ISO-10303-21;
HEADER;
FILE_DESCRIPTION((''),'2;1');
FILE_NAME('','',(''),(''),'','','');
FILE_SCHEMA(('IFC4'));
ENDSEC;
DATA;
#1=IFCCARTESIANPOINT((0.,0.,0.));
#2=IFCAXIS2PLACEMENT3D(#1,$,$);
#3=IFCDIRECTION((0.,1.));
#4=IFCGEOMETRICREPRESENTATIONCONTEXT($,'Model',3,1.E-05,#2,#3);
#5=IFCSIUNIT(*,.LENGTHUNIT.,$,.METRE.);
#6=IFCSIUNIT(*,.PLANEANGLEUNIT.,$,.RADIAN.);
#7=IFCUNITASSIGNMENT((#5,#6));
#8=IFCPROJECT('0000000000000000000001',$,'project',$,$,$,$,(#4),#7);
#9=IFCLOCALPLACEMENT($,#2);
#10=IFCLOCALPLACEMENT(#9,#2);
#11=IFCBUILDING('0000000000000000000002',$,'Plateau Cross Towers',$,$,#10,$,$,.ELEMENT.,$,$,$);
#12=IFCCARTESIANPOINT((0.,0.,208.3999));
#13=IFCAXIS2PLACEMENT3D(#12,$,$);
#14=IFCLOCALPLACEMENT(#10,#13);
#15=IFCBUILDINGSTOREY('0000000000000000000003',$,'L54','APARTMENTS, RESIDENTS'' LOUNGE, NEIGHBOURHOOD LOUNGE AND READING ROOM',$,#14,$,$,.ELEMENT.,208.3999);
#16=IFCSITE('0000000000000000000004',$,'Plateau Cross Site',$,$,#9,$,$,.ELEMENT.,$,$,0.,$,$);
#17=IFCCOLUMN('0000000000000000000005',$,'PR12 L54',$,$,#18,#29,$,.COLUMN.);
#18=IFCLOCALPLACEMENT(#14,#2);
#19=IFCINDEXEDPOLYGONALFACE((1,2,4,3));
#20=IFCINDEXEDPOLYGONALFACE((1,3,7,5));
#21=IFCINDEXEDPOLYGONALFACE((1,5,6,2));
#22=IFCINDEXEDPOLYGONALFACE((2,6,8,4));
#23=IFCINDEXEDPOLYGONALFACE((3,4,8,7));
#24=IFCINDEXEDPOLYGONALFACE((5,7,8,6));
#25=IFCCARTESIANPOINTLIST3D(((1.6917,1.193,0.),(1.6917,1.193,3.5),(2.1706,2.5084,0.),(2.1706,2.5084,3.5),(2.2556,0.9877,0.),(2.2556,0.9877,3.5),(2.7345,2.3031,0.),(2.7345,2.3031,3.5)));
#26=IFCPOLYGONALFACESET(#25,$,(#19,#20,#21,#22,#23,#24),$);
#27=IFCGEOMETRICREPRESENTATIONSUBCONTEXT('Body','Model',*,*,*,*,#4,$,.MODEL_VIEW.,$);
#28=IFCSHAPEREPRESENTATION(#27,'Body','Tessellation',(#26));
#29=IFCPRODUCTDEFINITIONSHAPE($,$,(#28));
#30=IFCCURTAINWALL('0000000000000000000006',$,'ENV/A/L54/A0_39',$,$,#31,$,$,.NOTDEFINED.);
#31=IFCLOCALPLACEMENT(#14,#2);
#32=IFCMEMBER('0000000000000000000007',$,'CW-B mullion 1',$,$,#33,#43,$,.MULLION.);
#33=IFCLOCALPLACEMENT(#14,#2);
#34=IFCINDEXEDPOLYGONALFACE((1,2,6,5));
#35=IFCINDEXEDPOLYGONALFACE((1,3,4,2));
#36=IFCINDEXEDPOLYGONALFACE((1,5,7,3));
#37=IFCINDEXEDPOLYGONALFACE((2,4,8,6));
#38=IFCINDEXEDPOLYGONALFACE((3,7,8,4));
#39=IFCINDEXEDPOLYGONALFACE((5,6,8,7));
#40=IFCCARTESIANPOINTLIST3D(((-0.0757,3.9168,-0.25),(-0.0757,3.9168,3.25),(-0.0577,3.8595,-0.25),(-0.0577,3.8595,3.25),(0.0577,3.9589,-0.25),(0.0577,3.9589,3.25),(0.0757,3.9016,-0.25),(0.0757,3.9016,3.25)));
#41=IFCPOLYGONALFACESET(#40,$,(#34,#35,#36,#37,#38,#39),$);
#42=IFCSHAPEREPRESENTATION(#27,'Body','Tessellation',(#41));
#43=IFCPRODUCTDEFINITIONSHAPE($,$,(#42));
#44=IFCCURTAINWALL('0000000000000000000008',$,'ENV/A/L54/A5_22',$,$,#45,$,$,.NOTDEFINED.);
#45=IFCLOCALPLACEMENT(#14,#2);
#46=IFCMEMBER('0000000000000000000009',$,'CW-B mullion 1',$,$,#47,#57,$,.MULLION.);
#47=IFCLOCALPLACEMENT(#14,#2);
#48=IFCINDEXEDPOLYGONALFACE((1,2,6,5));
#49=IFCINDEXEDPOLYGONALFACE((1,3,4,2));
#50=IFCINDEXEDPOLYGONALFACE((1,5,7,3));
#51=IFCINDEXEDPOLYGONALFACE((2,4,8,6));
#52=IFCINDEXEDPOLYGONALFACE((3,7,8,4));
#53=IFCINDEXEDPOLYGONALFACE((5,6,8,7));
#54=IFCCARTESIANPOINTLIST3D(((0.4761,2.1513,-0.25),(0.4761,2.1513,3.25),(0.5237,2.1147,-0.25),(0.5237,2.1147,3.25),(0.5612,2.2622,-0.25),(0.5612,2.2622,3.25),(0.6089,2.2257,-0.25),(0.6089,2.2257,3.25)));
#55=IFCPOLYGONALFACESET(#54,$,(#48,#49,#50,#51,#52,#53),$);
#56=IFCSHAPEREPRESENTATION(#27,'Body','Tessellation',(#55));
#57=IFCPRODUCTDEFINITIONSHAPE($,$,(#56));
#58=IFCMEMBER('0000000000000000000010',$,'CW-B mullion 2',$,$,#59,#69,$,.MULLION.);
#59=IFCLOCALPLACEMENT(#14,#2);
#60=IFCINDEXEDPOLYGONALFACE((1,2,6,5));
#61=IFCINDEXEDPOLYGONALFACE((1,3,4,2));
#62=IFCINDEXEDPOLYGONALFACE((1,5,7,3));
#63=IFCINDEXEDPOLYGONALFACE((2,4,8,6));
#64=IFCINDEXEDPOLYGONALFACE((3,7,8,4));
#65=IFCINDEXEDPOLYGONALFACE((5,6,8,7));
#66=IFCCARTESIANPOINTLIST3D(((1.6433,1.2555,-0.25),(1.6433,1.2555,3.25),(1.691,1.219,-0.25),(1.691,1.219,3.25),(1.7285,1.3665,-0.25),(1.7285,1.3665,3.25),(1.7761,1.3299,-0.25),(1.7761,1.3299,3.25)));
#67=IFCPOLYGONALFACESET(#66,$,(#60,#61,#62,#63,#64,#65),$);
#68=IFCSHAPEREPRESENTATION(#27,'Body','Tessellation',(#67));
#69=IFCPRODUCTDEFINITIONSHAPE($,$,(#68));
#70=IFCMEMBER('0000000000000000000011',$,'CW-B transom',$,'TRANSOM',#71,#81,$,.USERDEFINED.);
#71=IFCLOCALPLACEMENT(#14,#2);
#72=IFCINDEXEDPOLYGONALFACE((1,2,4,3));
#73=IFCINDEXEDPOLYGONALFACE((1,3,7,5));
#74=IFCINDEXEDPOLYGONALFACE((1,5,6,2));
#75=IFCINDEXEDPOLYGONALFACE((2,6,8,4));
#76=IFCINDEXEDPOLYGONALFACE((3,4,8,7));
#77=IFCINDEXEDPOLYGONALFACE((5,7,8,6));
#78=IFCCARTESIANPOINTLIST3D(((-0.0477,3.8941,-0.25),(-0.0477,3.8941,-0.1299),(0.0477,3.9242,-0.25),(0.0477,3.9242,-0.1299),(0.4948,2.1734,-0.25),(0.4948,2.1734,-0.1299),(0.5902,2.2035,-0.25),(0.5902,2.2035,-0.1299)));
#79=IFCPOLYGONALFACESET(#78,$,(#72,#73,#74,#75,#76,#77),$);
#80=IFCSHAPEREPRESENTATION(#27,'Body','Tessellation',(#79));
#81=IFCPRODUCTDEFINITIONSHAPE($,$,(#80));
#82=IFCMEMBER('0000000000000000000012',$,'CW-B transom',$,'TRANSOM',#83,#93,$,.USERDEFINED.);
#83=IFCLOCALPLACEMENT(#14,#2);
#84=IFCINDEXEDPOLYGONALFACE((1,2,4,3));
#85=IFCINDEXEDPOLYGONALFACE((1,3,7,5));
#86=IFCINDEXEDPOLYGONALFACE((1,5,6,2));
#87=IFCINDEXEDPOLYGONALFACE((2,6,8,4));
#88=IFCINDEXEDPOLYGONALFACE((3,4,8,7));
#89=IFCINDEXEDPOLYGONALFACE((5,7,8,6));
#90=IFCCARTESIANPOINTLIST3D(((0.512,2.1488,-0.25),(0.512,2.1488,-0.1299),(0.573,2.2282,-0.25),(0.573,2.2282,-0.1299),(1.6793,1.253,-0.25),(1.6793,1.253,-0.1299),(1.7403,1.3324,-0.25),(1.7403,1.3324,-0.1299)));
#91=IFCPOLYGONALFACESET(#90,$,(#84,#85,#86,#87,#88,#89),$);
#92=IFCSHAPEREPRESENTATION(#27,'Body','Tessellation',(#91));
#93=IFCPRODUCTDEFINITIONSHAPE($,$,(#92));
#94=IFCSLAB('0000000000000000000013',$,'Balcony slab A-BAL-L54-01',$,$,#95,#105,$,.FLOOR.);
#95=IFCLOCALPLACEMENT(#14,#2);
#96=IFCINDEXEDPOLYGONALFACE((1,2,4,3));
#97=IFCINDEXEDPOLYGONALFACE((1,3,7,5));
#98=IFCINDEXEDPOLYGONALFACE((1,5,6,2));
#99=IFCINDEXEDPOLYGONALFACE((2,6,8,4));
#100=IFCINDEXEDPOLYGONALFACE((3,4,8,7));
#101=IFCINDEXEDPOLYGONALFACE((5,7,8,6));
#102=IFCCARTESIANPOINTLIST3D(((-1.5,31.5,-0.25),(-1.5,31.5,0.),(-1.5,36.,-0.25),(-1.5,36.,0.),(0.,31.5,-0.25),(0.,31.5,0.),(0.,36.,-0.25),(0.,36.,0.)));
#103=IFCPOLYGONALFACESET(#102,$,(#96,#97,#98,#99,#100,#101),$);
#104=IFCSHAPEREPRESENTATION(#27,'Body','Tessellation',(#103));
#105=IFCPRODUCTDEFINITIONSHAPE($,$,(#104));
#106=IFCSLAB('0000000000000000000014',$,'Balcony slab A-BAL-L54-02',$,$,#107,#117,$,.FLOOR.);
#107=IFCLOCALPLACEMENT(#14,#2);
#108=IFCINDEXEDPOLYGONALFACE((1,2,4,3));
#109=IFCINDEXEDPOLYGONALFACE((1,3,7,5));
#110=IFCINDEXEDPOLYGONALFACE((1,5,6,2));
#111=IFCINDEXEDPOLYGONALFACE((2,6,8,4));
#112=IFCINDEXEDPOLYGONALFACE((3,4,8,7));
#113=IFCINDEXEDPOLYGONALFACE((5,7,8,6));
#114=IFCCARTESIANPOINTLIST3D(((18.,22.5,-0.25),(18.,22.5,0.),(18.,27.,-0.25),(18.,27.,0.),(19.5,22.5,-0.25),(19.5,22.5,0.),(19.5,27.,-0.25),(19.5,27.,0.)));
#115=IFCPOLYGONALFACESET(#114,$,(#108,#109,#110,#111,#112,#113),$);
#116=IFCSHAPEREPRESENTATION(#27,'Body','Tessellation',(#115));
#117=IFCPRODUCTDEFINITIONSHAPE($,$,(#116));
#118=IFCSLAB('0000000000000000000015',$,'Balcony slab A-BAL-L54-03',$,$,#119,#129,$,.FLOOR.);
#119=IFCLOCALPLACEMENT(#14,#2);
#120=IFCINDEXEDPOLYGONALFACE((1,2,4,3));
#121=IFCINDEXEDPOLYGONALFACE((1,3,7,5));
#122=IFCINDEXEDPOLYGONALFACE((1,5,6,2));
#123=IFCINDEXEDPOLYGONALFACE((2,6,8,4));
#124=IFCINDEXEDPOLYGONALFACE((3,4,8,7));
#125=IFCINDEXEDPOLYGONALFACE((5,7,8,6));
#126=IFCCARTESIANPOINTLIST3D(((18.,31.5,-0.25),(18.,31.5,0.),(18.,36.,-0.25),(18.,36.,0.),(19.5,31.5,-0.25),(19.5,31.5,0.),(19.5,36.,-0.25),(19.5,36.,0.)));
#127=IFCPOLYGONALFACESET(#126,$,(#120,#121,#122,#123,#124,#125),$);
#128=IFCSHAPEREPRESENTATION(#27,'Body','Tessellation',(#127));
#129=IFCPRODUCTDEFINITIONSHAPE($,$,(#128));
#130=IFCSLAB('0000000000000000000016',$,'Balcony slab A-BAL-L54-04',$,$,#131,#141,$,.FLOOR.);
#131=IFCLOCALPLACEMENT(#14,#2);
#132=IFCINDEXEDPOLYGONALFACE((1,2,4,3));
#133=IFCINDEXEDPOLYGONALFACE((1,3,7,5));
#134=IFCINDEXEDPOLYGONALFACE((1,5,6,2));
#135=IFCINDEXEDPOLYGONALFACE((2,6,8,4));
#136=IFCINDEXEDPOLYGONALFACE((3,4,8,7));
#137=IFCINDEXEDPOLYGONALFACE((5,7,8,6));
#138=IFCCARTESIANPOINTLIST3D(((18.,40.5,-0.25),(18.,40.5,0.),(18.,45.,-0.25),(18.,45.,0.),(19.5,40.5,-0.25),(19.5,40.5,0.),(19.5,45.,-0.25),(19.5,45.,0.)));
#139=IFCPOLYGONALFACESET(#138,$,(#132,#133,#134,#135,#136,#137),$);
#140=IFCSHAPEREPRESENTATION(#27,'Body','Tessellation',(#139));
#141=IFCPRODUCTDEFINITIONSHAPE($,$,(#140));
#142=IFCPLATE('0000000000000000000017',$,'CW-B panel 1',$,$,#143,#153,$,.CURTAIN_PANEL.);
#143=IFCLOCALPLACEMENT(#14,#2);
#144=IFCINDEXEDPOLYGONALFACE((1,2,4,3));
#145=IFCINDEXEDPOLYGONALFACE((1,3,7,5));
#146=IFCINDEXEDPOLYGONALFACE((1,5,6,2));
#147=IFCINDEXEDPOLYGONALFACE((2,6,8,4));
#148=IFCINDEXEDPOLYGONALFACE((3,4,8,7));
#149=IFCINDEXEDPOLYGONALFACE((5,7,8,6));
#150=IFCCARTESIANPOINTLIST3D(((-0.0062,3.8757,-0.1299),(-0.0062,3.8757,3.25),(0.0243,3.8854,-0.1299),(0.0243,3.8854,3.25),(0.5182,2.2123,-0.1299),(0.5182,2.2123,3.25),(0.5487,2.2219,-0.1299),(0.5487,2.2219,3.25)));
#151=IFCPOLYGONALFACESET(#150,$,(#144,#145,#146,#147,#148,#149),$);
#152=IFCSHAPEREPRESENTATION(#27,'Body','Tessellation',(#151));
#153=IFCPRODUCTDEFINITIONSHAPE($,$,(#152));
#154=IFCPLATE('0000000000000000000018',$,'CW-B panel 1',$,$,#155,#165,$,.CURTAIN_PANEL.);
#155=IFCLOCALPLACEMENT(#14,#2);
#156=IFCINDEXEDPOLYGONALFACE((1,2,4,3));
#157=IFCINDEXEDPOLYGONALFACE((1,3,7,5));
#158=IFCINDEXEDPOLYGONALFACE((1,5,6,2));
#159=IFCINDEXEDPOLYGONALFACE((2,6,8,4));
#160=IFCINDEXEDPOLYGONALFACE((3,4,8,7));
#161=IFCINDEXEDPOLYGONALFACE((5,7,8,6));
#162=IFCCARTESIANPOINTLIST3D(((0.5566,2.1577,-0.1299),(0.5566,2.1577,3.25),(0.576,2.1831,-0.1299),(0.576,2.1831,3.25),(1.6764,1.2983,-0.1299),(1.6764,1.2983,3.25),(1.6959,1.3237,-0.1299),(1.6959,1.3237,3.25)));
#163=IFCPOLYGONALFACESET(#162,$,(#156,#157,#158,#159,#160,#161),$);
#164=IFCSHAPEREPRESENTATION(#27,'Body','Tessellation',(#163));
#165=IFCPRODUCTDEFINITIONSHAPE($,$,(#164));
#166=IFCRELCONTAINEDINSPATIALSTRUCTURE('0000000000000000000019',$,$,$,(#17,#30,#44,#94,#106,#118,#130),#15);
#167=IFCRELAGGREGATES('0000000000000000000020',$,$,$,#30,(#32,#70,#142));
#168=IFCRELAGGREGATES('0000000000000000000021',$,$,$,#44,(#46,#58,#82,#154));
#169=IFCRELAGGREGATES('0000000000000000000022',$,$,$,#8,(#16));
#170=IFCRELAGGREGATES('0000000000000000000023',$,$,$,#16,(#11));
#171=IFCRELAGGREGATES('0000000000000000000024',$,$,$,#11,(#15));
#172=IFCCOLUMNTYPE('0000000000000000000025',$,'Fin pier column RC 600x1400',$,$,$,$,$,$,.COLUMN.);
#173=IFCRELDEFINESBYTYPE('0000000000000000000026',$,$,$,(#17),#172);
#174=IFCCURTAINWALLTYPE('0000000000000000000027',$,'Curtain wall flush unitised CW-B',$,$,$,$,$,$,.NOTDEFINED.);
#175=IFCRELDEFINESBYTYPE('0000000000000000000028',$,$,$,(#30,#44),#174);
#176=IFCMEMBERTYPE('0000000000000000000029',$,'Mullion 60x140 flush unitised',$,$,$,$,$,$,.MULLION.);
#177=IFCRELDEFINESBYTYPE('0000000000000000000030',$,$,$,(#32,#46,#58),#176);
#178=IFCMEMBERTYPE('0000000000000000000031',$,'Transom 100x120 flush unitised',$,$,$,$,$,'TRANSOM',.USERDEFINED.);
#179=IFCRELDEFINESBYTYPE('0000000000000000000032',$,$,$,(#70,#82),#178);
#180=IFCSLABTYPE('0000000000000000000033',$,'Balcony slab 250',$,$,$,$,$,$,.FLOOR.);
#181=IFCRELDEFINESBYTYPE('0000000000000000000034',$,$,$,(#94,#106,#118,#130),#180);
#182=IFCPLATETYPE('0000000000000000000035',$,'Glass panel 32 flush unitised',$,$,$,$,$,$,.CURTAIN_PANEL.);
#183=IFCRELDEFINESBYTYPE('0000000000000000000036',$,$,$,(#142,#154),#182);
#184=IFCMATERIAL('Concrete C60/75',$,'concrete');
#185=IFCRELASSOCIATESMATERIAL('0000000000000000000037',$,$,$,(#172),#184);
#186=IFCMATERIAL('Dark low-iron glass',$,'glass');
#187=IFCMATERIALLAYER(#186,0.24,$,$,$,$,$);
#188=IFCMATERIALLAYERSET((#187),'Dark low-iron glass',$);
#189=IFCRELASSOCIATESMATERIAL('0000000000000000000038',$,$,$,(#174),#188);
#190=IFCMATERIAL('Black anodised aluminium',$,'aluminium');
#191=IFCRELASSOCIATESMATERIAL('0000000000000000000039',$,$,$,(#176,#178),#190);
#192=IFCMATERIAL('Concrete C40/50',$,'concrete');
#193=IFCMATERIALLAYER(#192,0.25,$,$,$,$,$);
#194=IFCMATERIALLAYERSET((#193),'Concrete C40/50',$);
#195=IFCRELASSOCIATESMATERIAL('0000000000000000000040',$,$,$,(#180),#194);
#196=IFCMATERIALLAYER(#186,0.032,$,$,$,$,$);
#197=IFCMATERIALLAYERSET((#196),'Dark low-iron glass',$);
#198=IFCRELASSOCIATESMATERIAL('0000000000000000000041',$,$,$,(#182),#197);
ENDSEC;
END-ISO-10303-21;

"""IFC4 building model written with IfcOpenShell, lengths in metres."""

from ifc_helpers import new_model, si_unit, direction, frame, origin, origin_2d, place, context, subcontext, project, spatial, polyline, rectangle, outline, extrude, material, layer, layer_set, material_profile, profile_set, type_object, element, aggregate, save


model = new_model("IFC4")

# Units and contexts
model_context = context("Model", 3, precision=1e-05, world=origin(), true_north=direction((0.0, 1.0)))
body_context = subcontext(model_context, "Body", "Model", "MODEL_VIEW")
ifc_project = project(units=[si_unit("LENGTHUNIT", "METRE"), si_unit("PLANEANGLEUNIT", "RADIAN")], contexts=[model_context])

# Site, building, storey
site_placement = place(None, origin())
site = spatial("IfcSite", under=ifc_project, at=site_placement, Name="Plateau Cross Site", CompositionType="ELEMENT", RefElevation=0.0)
building_placement = place(site_placement, origin())
building = spatial("IfcBuilding", under=site, at=building_placement, Name="Plateau Cross Towers", CompositionType="ELEMENT")
storey_placement = place(building_placement, frame((0.0, 0.0, 208.3999)))
storey = spatial("IfcBuildingStorey", under=building, at=storey_placement, Name="L54", Description="APARTMENTS, RESIDENTS' LOUNGE, NEIGHBOURHOOD LOUNGE AND READING ROOM", CompositionType="ELEMENT", Elevation=208.3999)

# Column
ifc_material_1 = material(Name="Concrete C60/75", Category="concrete")
ifc_material_profile_1 = material_profile(ifc_material_1, rectangle(XDim=0.6001, YDim=1.3999, at=origin_2d()), Name="RC 600x1400")
ifc_profile_set_1 = profile_set([ifc_material_profile_1], Name="Concrete C60/75")
column_type = type_object("IfcColumnType", Name="Fin pier column RC 600x1400", PredefinedType="COLUMN", material=ifc_profile_set_1)
column_placement = place(storey_placement, frame((2.2131, 1.748, 0.0), z_axis=(0.0, 0.0, 1.0), x_axis=(-0.939664, 0.342098, 0.0)))
element("IfcColumn", 1, at=column_placement, inside=storey, type_object=column_type, Name="PR12 L54", PredefinedType="COLUMN", context=body_context, shape_type="SweptSolid", body=[
    extrude(rectangle(XDim=0.6001, YDim=1.3999, at=origin_2d()), origin(), (0.0, 0.0, 1.0), 3.5),
])

# Curtain wall, member
ifc_material_2 = material(Name="Dark low-iron glass", Category="glass")
ifc_layer_1 = layer(ifc_material_2, 0.24)
ifc_layer_set_1 = layer_set([ifc_layer_1], Name="Dark low-iron glass")
curtain_wall_type = type_object("IfcCurtainWallType", Name="Curtain wall flush unitised CW-B", PredefinedType="NOTDEFINED", material=ifc_layer_set_1)
curtain_wall_1_placement = place(storey_placement, origin())
curtain_wall_1 = element("IfcCurtainWall", 2, at=curtain_wall_1_placement, inside=storey, type_object=curtain_wall_type, Name="ENV/A/L54/A0_39", PredefinedType="NOTDEFINED")
ifc_material_3 = material(Name="Black anodised aluminium", Category="aluminium")
ifc_material_profile_2 = material_profile(ifc_material_3, rectangle(XDim=0.0601, YDim=0.1399, at=origin_2d()), Name="MULLION 60x140")
ifc_profile_set_2 = profile_set([ifc_material_profile_2], Name="Black anodised aluminium")
member_type_1 = type_object("IfcMemberType", Name="Mullion 60x140 flush unitised", PredefinedType="MULLION", material=ifc_profile_set_2)
member_1_placement = place(storey_placement, frame((0.0, 3.9092, -0.25), z_axis=(0.0, 0.0, 1.0), x_axis=(0.300686, -0.953723, 0.0)))
member_1 = element("IfcMember", 3, at=member_1_placement, type_object=member_type_1, Name="CW-B mullion 1", PredefinedType="MULLION", context=body_context, shape_type="SweptSolid", body=[
    extrude(rectangle(XDim=0.0601, YDim=0.1399, at=origin_2d()), origin(), (0.0, 0.0, 1.0), 3.5),
])

# Curtain wall, members
curtain_wall_2_placement = place(storey_placement, origin())
curtain_wall_2 = element("IfcCurtainWall", 4, at=curtain_wall_2_placement, inside=storey, type_object=curtain_wall_type, Name="ENV/A/L54/A5_22", PredefinedType="NOTDEFINED")
member_2_placement = place(storey_placement, frame((0.5425, 2.1885, -0.25), z_axis=(0.0, 0.0, 1.0), x_axis=(0.793316, -0.608811, 0.0)))
member_2 = element("IfcMember", 5, at=member_2_placement, type_object=member_type_1, Name="CW-B mullion 1", PredefinedType="MULLION", context=body_context, shape_type="SweptSolid", body=[
    extrude(rectangle(XDim=0.0601, YDim=0.1399, at=origin_2d()), origin(), (0.0, 0.0, 1.0), 3.5),
])
member_3_placement = place(storey_placement, frame((1.7097, 1.2927, -0.25), z_axis=(0.0, 0.0, 1.0), x_axis=(0.793316, -0.608811, 0.0)))
member_3 = element("IfcMember", 6, at=member_3_placement, type_object=member_type_1, Name="CW-B mullion 2", PredefinedType="MULLION", context=body_context, shape_type="SweptSolid", body=[
    extrude(rectangle(XDim=0.0601, YDim=0.1399, at=origin_2d()), origin(), (0.0, 0.0, 1.0), 3.5),
])

# Members
ifc_material_profile_3 = material_profile(ifc_material_3, rectangle(XDim=0.1001, YDim=0.1201, at=origin_2d()), Name="TRANSOM 100x120")
ifc_profile_set_3 = profile_set([ifc_material_profile_3], Name="Black anodised aluminium")
member_type_2 = type_object("IfcMemberType", Name="Transom 100x120 flush unitised", ElementType="TRANSOM", PredefinedType="USERDEFINED", material=ifc_profile_set_3)
member_4_placement = place(storey_placement, frame((0.0, 3.9092, -0.1899), z_axis=(0.300678, -0.953726, 0.0), x_axis=(0.953726, 0.300678, 0.0)))
member_4 = element("IfcMember", 7, at=member_4_placement, type_object=member_type_2, Name="CW-B transom", ObjectType="TRANSOM", PredefinedType="USERDEFINED", context=body_context, shape_type="SweptSolid", body=[
    extrude(rectangle(XDim=0.1001, YDim=0.1201, at=origin_2d()), origin(), (0.0, 0.0, 1.0), 1.8042),
])
member_5_placement = place(storey_placement, frame((0.5425, 2.1885, -0.1899), z_axis=(0.793321, -0.608804, 0.0), x_axis=(0.608804, 0.793321, 0.0)))
member_5 = element("IfcMember", 8, at=member_5_placement, type_object=member_type_2, Name="CW-B transom", ObjectType="TRANSOM", PredefinedType="USERDEFINED", context=body_context, shape_type="SweptSolid", body=[
    extrude(rectangle(XDim=0.1001, YDim=0.1201, at=origin_2d()), origin(), (0.0, 0.0, 1.0), 1.4714),
])

# Slabs
ifc_material_4 = material(Name="Concrete C40/50", Category="concrete")
ifc_layer_2 = layer(ifc_material_4, 0.25)
ifc_layer_set_2 = layer_set([ifc_layer_2], Name="Concrete C40/50")
slab_type_1 = type_object("IfcSlabType", Name="Balcony slab 250", PredefinedType="FLOOR", material=ifc_layer_set_2)
slab_1_placement = place(storey_placement, frame((0.0, 0.0, -0.25)))
element("IfcSlab", 9, at=slab_1_placement, inside=storey, type_object=slab_type_1, Name="Balcony slab A-BAL-L54-01", PredefinedType="FLOOR", context=body_context, shape_type="SweptSolid", body=[
    extrude(outline(polyline([(0.0, 31.5), (0.0, 36.0), (-1.5, 36.0), (-1.5, 31.5), (0.0, 31.5)])), origin(), (0.0, 0.0, 1.0), 0.25),
])
slab_2_placement = place(storey_placement, frame((0.0, 0.0, -0.25)))
element("IfcSlab", 10, at=slab_2_placement, inside=storey, type_object=slab_type_1, Name="Balcony slab A-BAL-L54-02", PredefinedType="FLOOR", context=body_context, shape_type="SweptSolid", body=[
    extrude(outline(polyline([(19.5, 22.5), (19.5, 27.0), (18.0, 27.0), (18.0, 22.5), (19.5, 22.5)])), origin(), (0.0, 0.0, 1.0), 0.25),
])
slab_3_placement = place(storey_placement, frame((0.0, 0.0, -0.25)))
element("IfcSlab", 11, at=slab_3_placement, inside=storey, type_object=slab_type_1, Name="Balcony slab A-BAL-L54-03", PredefinedType="FLOOR", context=body_context, shape_type="SweptSolid", body=[
    extrude(outline(polyline([(19.5, 31.5), (19.5, 36.0), (18.0, 36.0), (18.0, 31.5), (19.5, 31.5)])), origin(), (0.0, 0.0, 1.0), 0.25),
])
slab_4_placement = place(storey_placement, frame((0.0, 0.0, -0.25)))
element("IfcSlab", 12, at=slab_4_placement, inside=storey, type_object=slab_type_1, Name="Balcony slab A-BAL-L54-04", PredefinedType="FLOOR", context=body_context, shape_type="SweptSolid", body=[
    extrude(outline(polyline([(19.5, 40.5), (19.5, 45.0), (18.0, 45.0), (18.0, 40.5), (19.5, 40.5)])), origin(), (0.0, 0.0, 1.0), 0.25),
])

# Plates
ifc_layer_3 = layer(ifc_material_2, 0.032)
ifc_layer_set_3 = layer_set([ifc_layer_3], Name="Dark low-iron glass")
plate_type = type_object("IfcPlateType", Name="Glass panel 32 flush unitised", PredefinedType="CURTAIN_PANEL", material=ifc_layer_set_3)
plate_1_placement = place(storey_placement, frame((0.2712, 3.0488, -0.1299), z_axis=(0.0, 0.0, 1.0), x_axis=(0.300686, -0.953723, 0.0)))
plate_1 = element("IfcPlate", 13, at=plate_1_placement, type_object=plate_type, Name="CW-B panel 1", PredefinedType="CURTAIN_PANEL", context=body_context, shape_type="SweptSolid", body=[
    extrude(rectangle(XDim=1.7441, YDim=0.032, at=origin_2d()), origin(), (0.0, 0.0, 1.0), 3.3799),
])
aggregate(curtain_wall_1, [member_1, member_4, plate_1])
plate_2_placement = place(storey_placement, frame((1.1262, 1.7407, -0.1299), z_axis=(0.0, 0.0, 1.0), x_axis=(0.793316, -0.608811, 0.0)))
plate_2 = element("IfcPlate", 14, at=plate_2_placement, type_object=plate_type, Name="CW-B panel 1", PredefinedType="CURTAIN_PANEL", context=body_context, shape_type="SweptSolid", body=[
    extrude(rectangle(XDim=1.4116, YDim=0.032, at=origin_2d()), origin(), (0.0, 0.0, 1.0), 3.3799),
])
aggregate(curtain_wall_2, [member_2, member_3, member_5, plate_2])

save(model, "model.ifc")
